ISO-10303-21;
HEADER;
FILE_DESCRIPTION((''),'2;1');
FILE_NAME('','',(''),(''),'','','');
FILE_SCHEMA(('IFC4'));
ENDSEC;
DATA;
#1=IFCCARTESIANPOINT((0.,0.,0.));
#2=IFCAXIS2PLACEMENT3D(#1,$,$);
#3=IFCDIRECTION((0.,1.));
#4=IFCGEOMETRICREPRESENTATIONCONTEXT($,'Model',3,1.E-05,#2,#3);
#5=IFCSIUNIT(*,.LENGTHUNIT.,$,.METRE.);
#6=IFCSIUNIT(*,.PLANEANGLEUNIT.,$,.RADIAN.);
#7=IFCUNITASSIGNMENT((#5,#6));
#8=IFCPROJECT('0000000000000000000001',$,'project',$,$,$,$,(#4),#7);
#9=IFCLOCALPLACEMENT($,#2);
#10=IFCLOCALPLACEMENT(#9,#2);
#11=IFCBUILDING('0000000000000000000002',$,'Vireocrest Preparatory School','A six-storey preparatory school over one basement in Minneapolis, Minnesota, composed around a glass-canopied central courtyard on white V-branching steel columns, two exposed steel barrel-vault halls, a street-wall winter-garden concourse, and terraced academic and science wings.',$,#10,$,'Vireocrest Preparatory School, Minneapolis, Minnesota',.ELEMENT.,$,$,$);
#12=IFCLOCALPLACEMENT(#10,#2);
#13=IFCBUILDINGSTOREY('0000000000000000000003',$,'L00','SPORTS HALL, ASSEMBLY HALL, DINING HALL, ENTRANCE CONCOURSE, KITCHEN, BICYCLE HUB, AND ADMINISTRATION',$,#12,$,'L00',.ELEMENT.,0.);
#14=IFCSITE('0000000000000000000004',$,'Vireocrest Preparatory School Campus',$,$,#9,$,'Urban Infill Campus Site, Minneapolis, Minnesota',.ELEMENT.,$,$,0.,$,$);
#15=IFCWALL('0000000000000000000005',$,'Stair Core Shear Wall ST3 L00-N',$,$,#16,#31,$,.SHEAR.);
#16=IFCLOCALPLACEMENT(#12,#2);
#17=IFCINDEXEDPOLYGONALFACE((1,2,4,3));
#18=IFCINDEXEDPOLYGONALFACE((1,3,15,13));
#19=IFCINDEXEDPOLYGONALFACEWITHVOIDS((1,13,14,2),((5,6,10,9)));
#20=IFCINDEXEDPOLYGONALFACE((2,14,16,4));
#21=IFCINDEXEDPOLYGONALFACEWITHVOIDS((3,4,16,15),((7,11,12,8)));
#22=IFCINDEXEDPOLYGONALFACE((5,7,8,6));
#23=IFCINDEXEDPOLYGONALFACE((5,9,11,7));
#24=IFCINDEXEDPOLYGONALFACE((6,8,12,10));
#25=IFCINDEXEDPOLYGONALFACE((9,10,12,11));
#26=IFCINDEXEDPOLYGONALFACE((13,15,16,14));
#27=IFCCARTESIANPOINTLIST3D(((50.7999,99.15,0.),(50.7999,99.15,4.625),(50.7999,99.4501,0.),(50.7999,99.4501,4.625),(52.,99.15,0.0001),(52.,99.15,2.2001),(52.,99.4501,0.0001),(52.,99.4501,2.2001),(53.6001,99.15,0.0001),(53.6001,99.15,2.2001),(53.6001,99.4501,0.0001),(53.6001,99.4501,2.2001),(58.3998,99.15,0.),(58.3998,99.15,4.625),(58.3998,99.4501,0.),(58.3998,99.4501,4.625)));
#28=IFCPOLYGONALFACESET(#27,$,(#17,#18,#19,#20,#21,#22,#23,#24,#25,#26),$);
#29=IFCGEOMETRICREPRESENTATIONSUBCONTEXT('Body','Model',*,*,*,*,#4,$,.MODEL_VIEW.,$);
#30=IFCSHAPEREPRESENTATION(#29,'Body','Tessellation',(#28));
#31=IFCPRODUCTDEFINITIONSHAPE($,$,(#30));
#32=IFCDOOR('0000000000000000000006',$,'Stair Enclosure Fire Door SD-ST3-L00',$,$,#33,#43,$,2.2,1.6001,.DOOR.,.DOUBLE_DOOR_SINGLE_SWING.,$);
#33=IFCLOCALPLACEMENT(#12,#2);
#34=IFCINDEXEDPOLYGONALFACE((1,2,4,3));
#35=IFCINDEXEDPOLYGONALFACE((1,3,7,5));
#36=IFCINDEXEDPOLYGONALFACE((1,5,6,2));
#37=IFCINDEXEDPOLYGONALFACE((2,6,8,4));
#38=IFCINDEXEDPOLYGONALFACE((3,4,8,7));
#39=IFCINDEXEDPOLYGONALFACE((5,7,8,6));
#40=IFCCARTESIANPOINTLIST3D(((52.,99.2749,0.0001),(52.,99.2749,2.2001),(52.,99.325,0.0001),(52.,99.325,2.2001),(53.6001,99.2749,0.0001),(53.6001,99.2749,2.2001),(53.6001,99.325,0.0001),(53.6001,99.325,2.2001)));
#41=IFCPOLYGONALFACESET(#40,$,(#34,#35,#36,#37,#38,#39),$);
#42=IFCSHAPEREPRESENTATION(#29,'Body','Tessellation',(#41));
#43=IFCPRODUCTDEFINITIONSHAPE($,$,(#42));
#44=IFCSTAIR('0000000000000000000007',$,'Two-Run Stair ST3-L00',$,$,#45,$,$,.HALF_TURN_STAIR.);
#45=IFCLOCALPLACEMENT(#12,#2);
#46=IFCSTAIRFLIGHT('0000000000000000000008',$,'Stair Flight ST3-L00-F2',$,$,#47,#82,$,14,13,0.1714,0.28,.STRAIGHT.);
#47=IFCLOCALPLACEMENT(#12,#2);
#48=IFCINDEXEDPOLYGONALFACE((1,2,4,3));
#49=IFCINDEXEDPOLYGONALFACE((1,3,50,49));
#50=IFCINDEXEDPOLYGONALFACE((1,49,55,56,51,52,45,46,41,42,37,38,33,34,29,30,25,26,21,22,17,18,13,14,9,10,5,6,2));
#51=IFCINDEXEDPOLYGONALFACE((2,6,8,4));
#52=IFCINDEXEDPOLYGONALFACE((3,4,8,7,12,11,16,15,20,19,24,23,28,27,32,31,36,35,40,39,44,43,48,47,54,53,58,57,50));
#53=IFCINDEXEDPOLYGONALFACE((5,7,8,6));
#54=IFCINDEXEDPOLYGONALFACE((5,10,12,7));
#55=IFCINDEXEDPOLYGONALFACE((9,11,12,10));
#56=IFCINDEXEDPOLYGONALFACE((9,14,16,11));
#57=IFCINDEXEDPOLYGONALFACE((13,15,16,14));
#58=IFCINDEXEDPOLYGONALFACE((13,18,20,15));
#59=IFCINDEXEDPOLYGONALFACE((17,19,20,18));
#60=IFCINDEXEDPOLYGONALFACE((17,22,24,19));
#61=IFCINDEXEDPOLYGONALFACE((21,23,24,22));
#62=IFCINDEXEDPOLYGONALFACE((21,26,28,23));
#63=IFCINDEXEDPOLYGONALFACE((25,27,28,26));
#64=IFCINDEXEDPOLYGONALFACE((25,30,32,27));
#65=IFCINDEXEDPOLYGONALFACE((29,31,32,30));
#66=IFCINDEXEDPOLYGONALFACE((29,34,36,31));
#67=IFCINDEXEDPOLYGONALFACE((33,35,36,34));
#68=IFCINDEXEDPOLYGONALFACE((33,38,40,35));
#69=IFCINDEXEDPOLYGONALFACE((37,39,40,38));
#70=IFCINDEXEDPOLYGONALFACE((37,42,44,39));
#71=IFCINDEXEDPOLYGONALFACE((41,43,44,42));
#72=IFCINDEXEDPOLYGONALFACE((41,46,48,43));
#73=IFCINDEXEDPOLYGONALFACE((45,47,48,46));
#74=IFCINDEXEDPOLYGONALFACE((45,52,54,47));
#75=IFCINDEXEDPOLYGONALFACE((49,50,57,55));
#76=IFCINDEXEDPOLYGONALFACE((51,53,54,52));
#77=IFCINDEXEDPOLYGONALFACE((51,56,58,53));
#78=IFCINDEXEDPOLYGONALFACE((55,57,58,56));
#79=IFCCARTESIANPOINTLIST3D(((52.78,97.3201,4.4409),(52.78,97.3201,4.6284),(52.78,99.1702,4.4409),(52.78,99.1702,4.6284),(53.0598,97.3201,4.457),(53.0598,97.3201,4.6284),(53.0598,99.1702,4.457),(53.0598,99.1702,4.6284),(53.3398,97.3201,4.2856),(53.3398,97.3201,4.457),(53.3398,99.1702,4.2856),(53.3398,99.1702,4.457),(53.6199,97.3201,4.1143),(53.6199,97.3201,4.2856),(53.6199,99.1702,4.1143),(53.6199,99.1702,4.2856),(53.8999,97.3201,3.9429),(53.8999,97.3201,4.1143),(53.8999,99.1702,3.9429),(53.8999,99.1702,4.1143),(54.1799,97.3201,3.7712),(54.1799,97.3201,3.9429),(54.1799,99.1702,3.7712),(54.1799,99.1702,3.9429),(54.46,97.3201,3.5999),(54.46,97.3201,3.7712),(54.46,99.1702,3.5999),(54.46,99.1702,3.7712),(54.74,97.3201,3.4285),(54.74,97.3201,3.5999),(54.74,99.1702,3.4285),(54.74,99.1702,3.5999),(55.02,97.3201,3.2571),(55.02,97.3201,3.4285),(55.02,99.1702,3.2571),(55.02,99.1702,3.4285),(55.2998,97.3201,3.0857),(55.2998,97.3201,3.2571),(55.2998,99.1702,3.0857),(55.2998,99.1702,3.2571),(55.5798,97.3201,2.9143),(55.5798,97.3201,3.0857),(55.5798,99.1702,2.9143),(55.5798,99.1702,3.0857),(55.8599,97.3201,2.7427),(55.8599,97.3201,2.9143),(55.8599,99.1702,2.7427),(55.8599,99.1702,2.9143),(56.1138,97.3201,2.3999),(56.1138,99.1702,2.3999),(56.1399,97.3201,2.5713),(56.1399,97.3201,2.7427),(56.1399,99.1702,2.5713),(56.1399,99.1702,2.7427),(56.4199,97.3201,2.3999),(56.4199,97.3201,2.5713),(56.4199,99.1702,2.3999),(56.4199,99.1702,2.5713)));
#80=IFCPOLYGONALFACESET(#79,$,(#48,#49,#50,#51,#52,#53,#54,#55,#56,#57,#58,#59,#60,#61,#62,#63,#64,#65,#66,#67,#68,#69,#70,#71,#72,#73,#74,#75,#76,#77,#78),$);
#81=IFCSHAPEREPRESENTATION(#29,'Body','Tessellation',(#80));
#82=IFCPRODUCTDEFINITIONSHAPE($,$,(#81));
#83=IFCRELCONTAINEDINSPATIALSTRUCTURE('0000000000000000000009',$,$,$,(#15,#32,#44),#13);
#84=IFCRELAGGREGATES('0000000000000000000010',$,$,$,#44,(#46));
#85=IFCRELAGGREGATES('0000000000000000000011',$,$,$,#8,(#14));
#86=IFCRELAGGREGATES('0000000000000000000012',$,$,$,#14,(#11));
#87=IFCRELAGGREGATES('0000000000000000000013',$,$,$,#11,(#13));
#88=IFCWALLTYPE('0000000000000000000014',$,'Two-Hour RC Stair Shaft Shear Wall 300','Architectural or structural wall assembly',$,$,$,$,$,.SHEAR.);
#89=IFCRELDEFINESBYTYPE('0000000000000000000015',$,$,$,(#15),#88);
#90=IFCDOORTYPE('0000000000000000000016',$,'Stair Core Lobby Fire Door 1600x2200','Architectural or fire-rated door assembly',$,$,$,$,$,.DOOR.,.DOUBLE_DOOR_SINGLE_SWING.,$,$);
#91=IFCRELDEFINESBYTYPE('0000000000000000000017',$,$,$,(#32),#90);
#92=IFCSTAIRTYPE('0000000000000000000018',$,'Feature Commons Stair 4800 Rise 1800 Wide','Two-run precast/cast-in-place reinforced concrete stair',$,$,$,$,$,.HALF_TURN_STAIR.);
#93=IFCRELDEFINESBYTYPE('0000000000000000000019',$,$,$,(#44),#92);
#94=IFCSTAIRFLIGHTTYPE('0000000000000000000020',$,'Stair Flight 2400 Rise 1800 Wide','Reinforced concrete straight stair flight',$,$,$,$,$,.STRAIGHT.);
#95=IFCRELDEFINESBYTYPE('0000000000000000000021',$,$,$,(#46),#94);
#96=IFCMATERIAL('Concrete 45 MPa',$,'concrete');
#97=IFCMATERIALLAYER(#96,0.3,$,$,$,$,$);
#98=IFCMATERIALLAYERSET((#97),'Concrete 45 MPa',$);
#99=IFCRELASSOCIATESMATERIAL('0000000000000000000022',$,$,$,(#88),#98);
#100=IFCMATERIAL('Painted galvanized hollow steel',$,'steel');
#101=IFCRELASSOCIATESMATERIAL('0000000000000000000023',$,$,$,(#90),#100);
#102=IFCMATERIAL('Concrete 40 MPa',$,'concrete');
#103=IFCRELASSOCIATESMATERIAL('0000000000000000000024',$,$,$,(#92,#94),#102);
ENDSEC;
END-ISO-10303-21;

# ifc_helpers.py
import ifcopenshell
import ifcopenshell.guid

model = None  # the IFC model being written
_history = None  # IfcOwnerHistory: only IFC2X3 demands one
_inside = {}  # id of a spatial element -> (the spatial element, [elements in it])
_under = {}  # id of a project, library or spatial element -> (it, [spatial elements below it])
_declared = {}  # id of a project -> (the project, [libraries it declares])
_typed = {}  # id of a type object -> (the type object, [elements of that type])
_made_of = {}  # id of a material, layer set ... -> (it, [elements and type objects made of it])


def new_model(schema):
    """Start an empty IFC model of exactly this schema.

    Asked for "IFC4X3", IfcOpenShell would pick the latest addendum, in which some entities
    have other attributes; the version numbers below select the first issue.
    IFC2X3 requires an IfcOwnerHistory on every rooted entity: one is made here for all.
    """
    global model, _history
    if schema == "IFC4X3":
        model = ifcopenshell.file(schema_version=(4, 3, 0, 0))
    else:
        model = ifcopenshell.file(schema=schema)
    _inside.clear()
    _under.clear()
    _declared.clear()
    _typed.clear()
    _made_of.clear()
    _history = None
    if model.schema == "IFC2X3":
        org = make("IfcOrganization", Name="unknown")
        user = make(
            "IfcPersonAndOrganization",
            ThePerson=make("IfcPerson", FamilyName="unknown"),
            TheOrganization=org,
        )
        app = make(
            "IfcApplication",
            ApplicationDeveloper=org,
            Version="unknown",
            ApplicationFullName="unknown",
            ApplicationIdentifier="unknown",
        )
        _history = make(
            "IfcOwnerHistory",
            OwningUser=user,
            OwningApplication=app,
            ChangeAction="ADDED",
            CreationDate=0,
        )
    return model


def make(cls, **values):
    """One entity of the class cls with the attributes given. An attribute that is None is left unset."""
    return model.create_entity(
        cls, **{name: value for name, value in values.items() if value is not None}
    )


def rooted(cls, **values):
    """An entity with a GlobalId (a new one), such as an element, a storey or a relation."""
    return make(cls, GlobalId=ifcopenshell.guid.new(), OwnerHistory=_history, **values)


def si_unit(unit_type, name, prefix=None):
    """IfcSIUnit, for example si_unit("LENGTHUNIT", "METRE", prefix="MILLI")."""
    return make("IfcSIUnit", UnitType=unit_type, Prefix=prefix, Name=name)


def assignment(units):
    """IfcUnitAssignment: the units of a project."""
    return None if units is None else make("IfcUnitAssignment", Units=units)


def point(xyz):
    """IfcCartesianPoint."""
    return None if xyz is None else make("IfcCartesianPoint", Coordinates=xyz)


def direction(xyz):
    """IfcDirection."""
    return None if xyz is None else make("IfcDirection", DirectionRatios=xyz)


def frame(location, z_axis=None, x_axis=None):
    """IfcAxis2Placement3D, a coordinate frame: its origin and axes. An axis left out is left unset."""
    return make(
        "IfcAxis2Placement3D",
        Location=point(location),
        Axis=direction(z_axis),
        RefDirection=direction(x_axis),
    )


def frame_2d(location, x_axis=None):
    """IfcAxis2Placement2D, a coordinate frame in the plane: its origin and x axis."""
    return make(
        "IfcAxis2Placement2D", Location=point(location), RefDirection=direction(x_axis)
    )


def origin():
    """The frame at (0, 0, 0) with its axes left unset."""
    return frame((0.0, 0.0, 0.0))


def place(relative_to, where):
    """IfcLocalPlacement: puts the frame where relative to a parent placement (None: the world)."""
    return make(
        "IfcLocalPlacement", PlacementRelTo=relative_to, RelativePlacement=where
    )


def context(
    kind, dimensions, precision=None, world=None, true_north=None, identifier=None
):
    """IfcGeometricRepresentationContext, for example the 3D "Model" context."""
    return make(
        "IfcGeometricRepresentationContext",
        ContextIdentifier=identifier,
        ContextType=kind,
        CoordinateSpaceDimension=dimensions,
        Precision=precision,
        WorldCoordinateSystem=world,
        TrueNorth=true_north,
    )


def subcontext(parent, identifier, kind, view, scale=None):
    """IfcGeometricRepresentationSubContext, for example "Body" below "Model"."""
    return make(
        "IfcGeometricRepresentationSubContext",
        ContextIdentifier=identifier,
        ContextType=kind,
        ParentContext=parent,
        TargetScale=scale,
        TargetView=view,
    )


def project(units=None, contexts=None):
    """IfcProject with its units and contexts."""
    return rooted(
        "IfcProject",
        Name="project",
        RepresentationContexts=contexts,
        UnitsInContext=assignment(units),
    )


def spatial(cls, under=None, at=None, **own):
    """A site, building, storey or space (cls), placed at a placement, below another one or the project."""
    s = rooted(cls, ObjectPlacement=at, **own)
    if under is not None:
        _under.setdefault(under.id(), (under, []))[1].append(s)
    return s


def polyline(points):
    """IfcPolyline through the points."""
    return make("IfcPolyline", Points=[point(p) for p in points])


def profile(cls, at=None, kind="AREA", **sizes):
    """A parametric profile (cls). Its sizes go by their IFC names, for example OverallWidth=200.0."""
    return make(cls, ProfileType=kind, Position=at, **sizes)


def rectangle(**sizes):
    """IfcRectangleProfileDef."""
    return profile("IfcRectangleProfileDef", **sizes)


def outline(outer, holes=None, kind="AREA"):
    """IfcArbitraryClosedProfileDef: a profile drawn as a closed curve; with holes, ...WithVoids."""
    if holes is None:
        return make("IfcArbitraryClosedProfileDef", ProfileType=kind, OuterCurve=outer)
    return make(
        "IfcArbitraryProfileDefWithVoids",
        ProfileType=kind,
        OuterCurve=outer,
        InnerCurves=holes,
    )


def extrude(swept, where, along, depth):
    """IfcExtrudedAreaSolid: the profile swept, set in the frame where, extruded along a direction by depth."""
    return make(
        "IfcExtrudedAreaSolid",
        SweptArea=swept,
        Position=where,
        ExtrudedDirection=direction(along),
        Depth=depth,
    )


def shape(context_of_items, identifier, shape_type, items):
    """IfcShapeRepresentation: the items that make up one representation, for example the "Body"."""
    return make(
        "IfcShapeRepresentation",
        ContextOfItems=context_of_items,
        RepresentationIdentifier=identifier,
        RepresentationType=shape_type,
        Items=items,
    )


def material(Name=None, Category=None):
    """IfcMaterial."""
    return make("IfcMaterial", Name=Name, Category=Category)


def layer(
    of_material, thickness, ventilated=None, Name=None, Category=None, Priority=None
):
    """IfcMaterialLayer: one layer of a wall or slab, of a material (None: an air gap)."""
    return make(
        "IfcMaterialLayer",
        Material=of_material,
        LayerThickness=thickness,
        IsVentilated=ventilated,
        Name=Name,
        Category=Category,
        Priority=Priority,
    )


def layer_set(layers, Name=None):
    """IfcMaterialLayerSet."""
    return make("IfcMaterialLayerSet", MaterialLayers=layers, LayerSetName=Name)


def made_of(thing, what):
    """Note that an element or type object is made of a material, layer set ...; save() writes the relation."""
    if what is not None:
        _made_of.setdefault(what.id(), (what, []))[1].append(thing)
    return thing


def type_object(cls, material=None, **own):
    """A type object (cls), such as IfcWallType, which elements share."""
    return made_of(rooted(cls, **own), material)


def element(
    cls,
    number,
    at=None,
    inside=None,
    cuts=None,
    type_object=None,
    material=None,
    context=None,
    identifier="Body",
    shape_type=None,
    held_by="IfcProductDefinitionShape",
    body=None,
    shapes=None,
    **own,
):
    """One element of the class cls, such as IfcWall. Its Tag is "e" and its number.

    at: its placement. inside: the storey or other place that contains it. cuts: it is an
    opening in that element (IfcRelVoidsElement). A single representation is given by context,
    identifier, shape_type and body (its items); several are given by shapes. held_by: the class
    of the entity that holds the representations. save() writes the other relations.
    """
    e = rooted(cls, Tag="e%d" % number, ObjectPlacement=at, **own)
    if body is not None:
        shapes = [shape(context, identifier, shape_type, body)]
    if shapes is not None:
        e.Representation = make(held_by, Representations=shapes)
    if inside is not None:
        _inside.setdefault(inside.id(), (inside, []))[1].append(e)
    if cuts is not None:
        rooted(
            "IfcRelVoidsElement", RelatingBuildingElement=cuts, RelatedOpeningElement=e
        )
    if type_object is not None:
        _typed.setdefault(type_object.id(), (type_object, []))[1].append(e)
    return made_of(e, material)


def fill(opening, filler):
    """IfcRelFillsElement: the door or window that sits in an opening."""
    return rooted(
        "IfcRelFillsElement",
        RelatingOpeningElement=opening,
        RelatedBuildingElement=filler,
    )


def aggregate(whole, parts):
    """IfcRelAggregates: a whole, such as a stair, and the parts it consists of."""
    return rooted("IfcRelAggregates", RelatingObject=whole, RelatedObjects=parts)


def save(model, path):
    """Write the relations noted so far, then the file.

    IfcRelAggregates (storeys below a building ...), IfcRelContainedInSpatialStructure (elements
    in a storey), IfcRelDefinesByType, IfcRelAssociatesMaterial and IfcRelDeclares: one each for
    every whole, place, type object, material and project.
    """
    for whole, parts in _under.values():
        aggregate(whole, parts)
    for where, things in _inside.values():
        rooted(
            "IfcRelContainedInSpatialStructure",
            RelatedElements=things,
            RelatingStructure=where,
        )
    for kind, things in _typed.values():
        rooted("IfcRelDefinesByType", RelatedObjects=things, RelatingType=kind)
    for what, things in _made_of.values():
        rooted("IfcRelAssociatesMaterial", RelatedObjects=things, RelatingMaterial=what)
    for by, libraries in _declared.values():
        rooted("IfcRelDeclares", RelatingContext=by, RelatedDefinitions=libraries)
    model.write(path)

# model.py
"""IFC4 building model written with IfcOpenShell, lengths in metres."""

from ifc_helpers import new_model, si_unit, direction, frame, frame_2d, origin, place, context, subcontext, project, spatial, polyline, rectangle, outline, extrude, material, layer, layer_set, type_object, element, fill, aggregate, save


model = new_model("IFC4")

# Units and contexts
model_context = context("Model", 3, precision=1e-05, world=origin(), true_north=direction((0.0, 1.0)))
body_context = subcontext(model_context, "Body", "Model", "MODEL_VIEW")
ifc_project = project(units=[si_unit("LENGTHUNIT", "METRE"), si_unit("PLANEANGLEUNIT", "RADIAN")], contexts=[model_context])

# Site, building, storey
site_placement = place(None, origin())
site = spatial("IfcSite", under=ifc_project, at=site_placement, Name="Vireocrest Preparatory School Campus", LongName="Urban Infill Campus Site, Minneapolis, Minnesota", CompositionType="ELEMENT", RefElevation=0.0)
building_placement = place(site_placement, origin())
building = spatial("IfcBuilding", under=site, at=building_placement, Name="Vireocrest Preparatory School", Description="A six-storey preparatory school over one basement in Minneapolis, Minnesota, composed around a glass-canopied central courtyard on white V-branching steel columns, two exposed steel barrel-vault halls, a street-wall winter-garden concourse, and terraced academic and science wings.", LongName="Vireocrest Preparatory School, Minneapolis, Minnesota", CompositionType="ELEMENT")
storey_placement = place(building_placement, origin())
storey = spatial("IfcBuildingStorey", under=building, at=storey_placement, Name="L00", Description="SPORTS HALL, ASSEMBLY HALL, DINING HALL, ENTRANCE CONCOURSE, KITCHEN, BICYCLE HUB, AND ADMINISTRATION", LongName="L00", CompositionType="ELEMENT", Elevation=0.0)

# Shared definitions
ifc_material_1 = material(Name="Concrete 40 MPa", Category="concrete")

# Wall, opening, door
ifc_material_2 = material(Name="Painted galvanized hollow steel", Category="steel")
ifc_material_3 = material(Name="Concrete 45 MPa", Category="concrete")
ifc_layer_1 = layer(ifc_material_3, 0.3)
ifc_layer_set_1 = layer_set([ifc_layer_1], Name="Concrete 45 MPa")
wall_type_1 = type_object("IfcWallType", Name="Two-Hour RC Stair Shaft Shear Wall 300", Description="Architectural or structural wall assembly", PredefinedType="SHEAR", material=ifc_layer_set_1)
wall_1_placement = place(storey_placement, frame((50.8, 99.3, 0.0), z_axis=(0.0, 0.0, 1.0), x_axis=(1.0, 0.0, 0.0)))
wall_1 = element("IfcWall", 1, at=wall_1_placement, inside=storey, type_object=wall_type_1, Name="Stair Core Shear Wall ST3 L00-N", PredefinedType="SHEAR", context=body_context, shape_type="SweptSolid", body=[
    extrude(rectangle(XDim=7.5999, YDim=0.3, at=frame_2d((3.7998, 0.0))), origin(), (0.0, 0.0, 1.0), 4.625),
])
opening_1_placement = place(wall_1_placement, frame((1.2, 0.0, 0.0)))
opening_1 = element("IfcOpeningElement", 2, at=opening_1_placement, cuts=wall_1, PredefinedType="OPENING", context=body_context, shape_type="SweptSolid", body=[
    extrude(rectangle(XDim=1.6001, YDim=2.2, at=frame_2d((0.8, 1.1001))), frame((0.0, 0.1599, 0.0), z_axis=(0.0, -1.0, 0.0), x_axis=(1.0, 0.0, 0.0)), (0.0, 0.0, 1.0), 0.3201),
])
door_type_1 = type_object("IfcDoorType", Name="Stair Core Lobby Fire Door 1600x2200", Description="Architectural or fire-rated door assembly", OperationType="DOUBLE_DOOR_SINGLE_SWING", PredefinedType="DOOR", material=ifc_material_2)
door_1_placement = place(opening_1_placement, origin())
door_1 = element("IfcDoor", 3, at=door_1_placement, inside=storey, type_object=door_type_1, Name="Stair Enclosure Fire Door SD-ST3-L00", OperationType="DOUBLE_DOOR_SINGLE_SWING", OverallHeight=2.2, OverallWidth=1.6001, PredefinedType="DOOR", context=body_context, shape_type="SweptSolid", body=[
    extrude(rectangle(XDim=1.6001, YDim=2.2, at=frame_2d((0.8, 1.1001))), frame((0.0, 0.0249, 0.0), z_axis=(0.0, -1.0, 0.0), x_axis=(1.0, 0.0, 0.0)), (0.0, 0.0, 1.0), 0.05),
])
fill(opening_1, door_1)

# Stair, stair flight
stair_type = type_object("IfcStairType", Name="Feature Commons Stair 4800 Rise 1800 Wide", Description="Two-run precast/cast-in-place reinforced concrete stair", PredefinedType="HALF_TURN_STAIR", material=ifc_material_1)
stair_placement = place(storey_placement, origin())
stair = element("IfcStair", 4, at=stair_placement, inside=storey, type_object=stair_type, Name="Two-Run Stair ST3-L00", PredefinedType="HALF_TURN_STAIR")
stair_flight_type = type_object("IfcStairFlightType", Name="Stair Flight 2400 Rise 1800 Wide", Description="Reinforced concrete straight stair flight", PredefinedType="STRAIGHT", material=ifc_material_1)
stair_flight_placement = place(storey_placement, frame((56.4199, 98.2451, 2.3999), z_axis=(0.0, 0.0, 1.0), x_axis=(-1.0, 0.0, 0.0)))
stair_flight = element("IfcStairFlight", 5, at=stair_flight_placement, type_object=stair_flight_type, Name="Stair Flight ST3-L00-F2", NumberOfRisers=14, NumberOfTreads=13, PredefinedType="STRAIGHT", RiserHeight=0.1714, TreadLength=0.28, context=body_context, shape_type="SweptSolid", body=[
    extrude(outline(polyline([(0.0, 0.0), (0.0, 0.1714), (0.28, 0.1714), (0.28, 0.3428), (0.5601, 0.3428), (0.5601, 0.5144), (0.8401, 0.5144), (0.8401, 0.6858), (1.1201, 0.6858), (1.1201, 0.8572), (1.3999, 0.8572), (1.3999, 1.0286), (1.6799, 1.0286), (1.6799, 1.2), (1.96, 1.2), (1.96, 1.3713), (2.24, 1.3713), (2.24, 1.543), (2.52, 1.543), (2.52, 1.7144), (2.8, 1.7144), (2.8, 1.8857), (3.0801, 1.8857), (3.0801, 2.0571), (3.3601, 2.0571), (3.3601, 2.2285), (3.6399, 2.2285), (3.6399, 2.3999), (3.6399, 2.041), (0.3062, 0.0), (0.0, 0.0)])), frame((0.0, 0.925, 0.0), z_axis=(0.0, -1.0, 0.0), x_axis=(1.0, 0.0, 0.0)), (0.0, 0.0, 1.0), 1.8501),
])
aggregate(stair, [stair_flight])

save(model, "model.ifc")
